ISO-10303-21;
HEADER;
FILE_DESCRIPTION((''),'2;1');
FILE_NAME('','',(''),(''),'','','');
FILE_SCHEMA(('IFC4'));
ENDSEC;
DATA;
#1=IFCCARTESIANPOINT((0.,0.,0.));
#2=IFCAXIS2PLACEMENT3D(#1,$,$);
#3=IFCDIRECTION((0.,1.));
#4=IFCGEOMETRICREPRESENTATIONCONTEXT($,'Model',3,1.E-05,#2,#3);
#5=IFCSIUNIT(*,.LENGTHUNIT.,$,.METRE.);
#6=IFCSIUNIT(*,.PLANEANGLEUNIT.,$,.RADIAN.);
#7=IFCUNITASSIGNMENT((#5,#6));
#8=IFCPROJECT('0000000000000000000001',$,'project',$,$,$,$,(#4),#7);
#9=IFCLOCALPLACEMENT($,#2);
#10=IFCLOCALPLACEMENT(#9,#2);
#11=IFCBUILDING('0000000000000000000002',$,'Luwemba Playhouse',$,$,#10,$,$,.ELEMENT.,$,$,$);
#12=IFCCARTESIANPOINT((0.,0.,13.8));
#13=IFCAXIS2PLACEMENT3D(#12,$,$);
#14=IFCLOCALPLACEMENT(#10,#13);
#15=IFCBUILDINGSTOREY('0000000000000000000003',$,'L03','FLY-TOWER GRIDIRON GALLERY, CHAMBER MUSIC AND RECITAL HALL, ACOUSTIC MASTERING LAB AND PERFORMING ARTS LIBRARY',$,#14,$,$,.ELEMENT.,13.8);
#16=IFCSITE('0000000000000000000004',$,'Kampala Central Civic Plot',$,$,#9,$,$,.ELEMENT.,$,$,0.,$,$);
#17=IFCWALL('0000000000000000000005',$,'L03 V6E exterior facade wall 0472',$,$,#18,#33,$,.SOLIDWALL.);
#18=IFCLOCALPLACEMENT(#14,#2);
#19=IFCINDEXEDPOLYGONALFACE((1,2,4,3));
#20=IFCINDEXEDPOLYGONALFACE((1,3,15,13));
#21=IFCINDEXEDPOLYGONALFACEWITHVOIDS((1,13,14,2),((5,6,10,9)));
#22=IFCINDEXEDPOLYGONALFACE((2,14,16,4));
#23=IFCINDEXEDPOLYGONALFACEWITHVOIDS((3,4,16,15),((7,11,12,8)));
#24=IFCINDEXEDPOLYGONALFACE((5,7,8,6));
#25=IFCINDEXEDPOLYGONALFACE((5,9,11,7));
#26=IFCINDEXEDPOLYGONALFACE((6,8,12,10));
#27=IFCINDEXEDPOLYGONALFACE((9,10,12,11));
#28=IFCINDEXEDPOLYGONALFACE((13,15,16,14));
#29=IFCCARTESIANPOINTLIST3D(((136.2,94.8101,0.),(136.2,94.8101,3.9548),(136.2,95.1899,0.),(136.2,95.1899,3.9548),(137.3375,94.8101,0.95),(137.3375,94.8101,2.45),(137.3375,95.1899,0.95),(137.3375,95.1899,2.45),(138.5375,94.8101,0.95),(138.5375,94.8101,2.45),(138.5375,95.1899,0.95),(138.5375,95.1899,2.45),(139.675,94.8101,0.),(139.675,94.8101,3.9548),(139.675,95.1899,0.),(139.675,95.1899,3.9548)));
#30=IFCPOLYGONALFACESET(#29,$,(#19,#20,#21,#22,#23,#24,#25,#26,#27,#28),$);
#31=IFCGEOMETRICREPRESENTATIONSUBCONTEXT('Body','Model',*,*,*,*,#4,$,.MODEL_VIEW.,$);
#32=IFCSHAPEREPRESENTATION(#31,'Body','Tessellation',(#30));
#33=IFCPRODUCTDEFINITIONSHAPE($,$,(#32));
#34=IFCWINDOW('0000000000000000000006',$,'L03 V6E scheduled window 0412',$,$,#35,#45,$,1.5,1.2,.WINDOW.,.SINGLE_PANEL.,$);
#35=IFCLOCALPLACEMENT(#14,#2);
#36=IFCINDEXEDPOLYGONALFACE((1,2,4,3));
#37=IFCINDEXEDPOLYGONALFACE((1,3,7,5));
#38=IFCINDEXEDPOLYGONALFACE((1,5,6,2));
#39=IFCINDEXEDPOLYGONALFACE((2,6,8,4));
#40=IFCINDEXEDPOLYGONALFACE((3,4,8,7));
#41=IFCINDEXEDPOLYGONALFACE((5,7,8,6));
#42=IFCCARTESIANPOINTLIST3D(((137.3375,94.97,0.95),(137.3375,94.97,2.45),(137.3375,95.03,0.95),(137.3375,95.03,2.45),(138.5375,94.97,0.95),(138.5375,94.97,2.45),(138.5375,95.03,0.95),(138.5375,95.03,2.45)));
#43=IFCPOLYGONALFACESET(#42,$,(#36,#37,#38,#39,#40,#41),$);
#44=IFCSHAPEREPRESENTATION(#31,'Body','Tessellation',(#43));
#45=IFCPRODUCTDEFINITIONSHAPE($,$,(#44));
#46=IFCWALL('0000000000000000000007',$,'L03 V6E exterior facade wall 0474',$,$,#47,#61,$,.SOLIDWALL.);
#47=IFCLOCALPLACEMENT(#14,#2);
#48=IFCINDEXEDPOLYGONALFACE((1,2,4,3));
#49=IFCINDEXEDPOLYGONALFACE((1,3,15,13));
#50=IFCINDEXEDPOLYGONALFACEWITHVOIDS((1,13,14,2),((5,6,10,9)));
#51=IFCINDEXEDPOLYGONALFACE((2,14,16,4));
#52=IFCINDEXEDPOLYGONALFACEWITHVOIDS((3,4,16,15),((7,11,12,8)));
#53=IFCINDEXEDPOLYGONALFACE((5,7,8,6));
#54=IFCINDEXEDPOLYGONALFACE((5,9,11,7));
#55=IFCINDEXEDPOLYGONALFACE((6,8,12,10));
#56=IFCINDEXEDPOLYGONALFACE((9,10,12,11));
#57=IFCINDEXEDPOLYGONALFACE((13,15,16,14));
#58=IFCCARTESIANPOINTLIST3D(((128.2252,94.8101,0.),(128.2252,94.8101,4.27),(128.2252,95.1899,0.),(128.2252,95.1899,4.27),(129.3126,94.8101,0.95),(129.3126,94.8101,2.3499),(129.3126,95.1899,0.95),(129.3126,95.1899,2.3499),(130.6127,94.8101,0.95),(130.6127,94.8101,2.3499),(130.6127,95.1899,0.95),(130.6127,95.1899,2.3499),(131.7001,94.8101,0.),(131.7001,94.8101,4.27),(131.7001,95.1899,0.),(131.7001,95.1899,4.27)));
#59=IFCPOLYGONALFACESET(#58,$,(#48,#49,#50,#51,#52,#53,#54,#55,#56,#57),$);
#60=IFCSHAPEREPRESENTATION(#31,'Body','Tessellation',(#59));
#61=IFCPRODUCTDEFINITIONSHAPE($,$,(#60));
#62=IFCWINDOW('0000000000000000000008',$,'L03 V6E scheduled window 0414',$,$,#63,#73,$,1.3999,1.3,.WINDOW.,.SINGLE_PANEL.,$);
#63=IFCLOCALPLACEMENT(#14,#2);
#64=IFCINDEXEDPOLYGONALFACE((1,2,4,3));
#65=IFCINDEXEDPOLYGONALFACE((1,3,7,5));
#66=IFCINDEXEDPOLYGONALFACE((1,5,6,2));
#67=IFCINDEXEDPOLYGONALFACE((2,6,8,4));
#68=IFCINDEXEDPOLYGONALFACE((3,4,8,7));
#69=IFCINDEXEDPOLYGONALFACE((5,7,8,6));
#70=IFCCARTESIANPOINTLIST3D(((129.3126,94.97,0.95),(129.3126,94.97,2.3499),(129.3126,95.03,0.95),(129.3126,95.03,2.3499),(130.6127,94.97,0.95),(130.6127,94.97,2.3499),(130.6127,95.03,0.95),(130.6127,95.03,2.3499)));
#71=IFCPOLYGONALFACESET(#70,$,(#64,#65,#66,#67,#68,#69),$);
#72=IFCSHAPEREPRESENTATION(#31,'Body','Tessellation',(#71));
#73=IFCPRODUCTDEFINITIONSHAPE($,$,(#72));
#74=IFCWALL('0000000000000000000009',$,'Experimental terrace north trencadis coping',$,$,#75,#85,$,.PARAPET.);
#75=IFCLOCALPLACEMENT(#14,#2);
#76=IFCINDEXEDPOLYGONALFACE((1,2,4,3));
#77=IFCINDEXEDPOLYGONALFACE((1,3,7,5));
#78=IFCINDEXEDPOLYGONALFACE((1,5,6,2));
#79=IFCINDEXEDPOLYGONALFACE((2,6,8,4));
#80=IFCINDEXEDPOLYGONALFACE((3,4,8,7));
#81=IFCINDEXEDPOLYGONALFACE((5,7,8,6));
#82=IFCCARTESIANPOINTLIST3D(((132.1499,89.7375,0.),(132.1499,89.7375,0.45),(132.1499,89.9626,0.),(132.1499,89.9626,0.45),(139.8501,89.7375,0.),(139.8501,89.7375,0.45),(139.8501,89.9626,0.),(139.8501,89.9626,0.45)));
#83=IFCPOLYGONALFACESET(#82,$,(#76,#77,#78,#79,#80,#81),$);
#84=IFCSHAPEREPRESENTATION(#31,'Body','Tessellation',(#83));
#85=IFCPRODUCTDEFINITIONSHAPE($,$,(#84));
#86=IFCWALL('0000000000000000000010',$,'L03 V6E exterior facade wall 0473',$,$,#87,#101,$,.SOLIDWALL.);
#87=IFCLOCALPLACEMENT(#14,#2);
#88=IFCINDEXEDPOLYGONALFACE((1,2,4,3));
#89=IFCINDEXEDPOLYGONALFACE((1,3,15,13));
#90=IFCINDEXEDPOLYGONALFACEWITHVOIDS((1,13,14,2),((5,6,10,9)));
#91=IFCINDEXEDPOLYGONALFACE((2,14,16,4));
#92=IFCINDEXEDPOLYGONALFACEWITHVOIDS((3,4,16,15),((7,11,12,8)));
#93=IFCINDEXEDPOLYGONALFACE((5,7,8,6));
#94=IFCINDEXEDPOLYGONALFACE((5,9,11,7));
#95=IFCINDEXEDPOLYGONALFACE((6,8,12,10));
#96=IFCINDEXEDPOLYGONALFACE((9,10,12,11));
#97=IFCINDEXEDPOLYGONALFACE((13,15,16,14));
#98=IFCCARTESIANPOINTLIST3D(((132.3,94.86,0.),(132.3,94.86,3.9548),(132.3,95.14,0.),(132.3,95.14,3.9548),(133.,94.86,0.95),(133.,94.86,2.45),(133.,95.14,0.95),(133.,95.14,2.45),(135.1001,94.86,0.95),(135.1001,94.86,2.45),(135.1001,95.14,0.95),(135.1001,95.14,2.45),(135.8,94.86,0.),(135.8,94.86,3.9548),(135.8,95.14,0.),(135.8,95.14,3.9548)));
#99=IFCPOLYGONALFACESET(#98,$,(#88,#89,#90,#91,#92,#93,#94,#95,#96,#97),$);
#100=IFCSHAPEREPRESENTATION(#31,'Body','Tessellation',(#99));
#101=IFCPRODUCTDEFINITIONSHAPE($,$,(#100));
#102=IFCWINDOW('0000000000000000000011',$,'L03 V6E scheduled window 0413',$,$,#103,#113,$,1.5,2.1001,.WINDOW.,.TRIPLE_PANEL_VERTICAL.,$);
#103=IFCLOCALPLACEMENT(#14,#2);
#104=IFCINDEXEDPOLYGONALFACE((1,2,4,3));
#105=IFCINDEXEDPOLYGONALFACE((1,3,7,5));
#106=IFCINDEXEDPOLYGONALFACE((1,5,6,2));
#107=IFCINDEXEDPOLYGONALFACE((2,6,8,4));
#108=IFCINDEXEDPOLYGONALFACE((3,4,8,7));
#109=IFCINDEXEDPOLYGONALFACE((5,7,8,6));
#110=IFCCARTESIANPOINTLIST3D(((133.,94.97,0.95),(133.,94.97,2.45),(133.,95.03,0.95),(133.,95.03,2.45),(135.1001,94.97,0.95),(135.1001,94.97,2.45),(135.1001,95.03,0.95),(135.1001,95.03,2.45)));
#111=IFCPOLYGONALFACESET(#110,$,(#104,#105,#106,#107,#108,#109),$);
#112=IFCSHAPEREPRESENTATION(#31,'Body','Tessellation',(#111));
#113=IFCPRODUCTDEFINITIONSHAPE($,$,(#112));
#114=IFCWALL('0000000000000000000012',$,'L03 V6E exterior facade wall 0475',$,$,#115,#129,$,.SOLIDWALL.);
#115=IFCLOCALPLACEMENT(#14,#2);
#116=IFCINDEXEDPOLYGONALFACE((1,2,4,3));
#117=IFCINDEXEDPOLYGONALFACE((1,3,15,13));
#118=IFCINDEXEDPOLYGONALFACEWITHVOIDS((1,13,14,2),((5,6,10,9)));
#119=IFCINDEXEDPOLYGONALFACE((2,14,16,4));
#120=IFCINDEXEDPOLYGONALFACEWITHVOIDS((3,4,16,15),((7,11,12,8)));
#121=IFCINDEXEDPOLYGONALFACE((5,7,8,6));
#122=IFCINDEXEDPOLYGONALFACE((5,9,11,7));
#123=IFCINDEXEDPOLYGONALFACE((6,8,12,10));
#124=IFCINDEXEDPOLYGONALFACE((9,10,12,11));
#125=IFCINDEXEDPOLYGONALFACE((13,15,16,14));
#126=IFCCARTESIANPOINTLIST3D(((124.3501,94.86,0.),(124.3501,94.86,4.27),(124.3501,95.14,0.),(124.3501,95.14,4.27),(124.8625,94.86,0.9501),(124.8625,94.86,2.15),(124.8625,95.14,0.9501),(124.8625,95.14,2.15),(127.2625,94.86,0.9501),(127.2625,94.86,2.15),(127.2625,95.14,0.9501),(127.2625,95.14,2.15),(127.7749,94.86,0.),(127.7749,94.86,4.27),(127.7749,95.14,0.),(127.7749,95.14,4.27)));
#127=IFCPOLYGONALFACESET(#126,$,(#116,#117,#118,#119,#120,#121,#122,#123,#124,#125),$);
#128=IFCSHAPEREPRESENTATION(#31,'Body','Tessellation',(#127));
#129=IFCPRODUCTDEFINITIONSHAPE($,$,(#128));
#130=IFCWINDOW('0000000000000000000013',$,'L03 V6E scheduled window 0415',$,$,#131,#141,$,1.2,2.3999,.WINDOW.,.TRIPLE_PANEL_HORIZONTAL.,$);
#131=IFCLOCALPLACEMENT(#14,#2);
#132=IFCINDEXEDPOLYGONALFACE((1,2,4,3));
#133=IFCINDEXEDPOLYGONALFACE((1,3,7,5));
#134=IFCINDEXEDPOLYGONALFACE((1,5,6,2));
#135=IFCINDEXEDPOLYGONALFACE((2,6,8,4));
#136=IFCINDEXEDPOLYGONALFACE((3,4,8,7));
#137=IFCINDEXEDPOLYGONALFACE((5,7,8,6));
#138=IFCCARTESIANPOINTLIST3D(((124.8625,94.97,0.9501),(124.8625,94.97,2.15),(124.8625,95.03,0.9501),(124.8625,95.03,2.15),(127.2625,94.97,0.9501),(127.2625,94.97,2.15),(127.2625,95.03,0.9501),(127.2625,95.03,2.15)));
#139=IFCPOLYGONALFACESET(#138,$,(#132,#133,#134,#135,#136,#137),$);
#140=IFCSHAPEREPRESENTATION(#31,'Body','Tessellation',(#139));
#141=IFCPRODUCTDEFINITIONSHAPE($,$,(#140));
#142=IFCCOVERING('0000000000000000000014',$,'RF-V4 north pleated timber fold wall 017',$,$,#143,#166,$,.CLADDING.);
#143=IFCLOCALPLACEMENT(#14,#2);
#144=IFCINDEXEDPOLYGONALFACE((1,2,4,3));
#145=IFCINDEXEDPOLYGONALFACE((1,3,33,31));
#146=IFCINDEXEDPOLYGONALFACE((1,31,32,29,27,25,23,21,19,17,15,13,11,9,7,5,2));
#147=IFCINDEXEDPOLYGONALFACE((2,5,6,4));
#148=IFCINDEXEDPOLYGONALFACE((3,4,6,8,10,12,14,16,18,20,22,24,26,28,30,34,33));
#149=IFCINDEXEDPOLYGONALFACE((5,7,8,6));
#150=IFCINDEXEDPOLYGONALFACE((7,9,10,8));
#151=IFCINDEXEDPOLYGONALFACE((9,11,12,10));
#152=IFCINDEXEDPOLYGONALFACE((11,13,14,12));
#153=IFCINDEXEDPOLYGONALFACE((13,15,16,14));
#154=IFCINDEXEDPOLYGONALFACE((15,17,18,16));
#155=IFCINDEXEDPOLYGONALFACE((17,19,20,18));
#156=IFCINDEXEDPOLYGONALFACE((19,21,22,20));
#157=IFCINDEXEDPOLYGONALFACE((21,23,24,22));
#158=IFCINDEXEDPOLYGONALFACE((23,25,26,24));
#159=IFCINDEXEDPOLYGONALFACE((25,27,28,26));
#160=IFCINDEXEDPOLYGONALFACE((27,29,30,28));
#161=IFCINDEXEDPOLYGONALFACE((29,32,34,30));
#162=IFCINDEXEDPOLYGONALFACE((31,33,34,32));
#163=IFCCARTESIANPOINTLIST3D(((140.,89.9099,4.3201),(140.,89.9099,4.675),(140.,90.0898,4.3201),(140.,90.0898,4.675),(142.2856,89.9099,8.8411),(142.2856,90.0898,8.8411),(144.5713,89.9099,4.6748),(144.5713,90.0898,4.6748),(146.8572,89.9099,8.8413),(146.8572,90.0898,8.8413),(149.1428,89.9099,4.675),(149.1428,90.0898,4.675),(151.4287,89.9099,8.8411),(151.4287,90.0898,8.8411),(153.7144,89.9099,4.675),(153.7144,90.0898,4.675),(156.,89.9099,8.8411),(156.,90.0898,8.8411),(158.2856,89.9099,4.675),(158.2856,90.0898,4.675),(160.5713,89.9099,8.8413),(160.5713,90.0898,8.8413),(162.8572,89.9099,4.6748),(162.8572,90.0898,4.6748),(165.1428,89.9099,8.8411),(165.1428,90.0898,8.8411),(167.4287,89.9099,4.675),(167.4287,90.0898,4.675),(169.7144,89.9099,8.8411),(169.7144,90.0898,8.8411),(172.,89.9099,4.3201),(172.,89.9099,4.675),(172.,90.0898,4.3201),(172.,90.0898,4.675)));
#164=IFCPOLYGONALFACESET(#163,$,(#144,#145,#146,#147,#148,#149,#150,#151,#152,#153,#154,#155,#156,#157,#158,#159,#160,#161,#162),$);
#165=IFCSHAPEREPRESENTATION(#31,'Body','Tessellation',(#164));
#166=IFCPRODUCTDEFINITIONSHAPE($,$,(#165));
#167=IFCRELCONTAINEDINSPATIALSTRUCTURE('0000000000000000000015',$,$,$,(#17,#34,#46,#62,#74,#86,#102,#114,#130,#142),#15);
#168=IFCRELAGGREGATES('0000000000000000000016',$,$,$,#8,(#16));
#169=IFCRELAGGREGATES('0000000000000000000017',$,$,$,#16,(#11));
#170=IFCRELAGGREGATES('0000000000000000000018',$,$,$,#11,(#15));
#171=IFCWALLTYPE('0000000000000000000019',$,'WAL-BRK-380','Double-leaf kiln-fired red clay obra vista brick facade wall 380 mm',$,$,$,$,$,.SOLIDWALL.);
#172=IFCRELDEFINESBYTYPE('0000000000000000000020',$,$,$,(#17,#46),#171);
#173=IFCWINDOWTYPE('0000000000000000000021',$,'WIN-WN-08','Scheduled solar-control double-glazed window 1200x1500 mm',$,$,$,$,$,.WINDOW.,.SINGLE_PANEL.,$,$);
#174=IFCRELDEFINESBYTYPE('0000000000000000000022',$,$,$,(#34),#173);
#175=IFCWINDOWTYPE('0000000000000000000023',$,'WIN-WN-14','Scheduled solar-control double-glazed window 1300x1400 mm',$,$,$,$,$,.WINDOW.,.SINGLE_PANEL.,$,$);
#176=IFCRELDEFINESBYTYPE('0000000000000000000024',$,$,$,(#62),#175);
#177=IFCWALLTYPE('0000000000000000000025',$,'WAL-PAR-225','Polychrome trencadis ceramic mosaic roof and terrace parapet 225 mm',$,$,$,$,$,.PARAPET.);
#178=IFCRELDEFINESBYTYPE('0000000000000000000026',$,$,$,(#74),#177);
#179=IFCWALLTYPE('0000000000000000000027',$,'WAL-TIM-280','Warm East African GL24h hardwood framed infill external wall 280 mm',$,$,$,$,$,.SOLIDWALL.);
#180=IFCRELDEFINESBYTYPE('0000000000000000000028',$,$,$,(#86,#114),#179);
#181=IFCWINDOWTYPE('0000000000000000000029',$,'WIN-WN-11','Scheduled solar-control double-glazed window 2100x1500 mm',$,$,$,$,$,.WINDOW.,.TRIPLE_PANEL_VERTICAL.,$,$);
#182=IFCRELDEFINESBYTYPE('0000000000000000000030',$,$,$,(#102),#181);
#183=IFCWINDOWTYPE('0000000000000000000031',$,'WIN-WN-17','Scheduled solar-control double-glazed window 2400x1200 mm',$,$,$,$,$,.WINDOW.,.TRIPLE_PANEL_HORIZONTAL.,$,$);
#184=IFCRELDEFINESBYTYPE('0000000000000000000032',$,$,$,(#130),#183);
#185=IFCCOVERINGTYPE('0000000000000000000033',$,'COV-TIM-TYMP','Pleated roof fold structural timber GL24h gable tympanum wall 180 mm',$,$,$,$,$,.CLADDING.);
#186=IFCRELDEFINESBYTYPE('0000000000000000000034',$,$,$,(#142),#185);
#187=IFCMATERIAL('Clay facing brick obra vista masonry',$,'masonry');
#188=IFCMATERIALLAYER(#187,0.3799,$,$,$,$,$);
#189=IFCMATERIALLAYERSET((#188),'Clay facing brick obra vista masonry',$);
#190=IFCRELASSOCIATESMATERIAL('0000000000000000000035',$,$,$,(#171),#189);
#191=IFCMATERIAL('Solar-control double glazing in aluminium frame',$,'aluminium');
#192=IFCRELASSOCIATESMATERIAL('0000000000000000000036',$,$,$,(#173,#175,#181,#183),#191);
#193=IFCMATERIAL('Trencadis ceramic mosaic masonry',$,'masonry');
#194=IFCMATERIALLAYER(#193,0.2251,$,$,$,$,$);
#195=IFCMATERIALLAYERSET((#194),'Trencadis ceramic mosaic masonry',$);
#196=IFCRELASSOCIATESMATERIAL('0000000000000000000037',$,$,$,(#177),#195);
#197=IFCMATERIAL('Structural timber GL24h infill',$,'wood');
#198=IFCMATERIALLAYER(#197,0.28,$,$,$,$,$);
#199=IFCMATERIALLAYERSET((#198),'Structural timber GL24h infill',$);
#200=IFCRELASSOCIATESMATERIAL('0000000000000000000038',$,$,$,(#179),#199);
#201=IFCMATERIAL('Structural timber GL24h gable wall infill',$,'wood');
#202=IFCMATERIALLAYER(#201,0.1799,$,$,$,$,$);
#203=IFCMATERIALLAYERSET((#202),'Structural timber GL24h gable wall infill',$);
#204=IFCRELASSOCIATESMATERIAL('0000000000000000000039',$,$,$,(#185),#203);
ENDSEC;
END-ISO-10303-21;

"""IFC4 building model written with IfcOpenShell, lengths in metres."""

from ifc_helpers import new_model, si_unit, direction, frame, frame_2d, origin, place, context, subcontext, project, spatial, polyline, rectangle, outline, extrude, material, layer, layer_set, type_object, element, fill, save


model = new_model("IFC4")

# Units and contexts
model_context = context("Model", 3, precision=1e-05, world=origin(), true_north=direction((0.0, 1.0)))
body_context = subcontext(model_context, "Body", "Model", "MODEL_VIEW")
ifc_project = project(units=[si_unit("LENGTHUNIT", "METRE"), si_unit("PLANEANGLEUNIT", "RADIAN")], contexts=[model_context])

# Site, building, storey
site_placement = place(None, origin())
site = spatial("IfcSite", under=ifc_project, at=site_placement, Name="Kampala Central Civic Plot", CompositionType="ELEMENT", RefElevation=0.0)
building_placement = place(site_placement, origin())
building = spatial("IfcBuilding", under=site, at=building_placement, Name="Luwemba Playhouse", CompositionType="ELEMENT")
storey_placement = place(building_placement, frame((0.0, 0.0, 13.8)))
storey = spatial("IfcBuildingStorey", under=building, at=storey_placement, Name="L03", Description="FLY-TOWER GRIDIRON GALLERY, CHAMBER MUSIC AND RECITAL HALL, ACOUSTIC MASTERING LAB AND PERFORMING ARTS LIBRARY", CompositionType="ELEMENT", Elevation=13.8)

# Shared definitions
ifc_material_1 = material(Name="Clay facing brick obra vista masonry", Category="masonry")
ifc_layer_1 = layer(ifc_material_1, 0.3799)
ifc_layer_set_1 = layer_set([ifc_layer_1], Name="Clay facing brick obra vista masonry")
wall_type_1 = type_object("IfcWallType", Name="WAL-BRK-380", Description="Double-leaf kiln-fired red clay obra vista brick facade wall 380 mm", PredefinedType="SOLIDWALL", material=ifc_layer_set_1)
ifc_material_2 = material(Name="Solar-control double glazing in aluminium frame", Category="aluminium")

# Walls, openings, windows
wall_1_placement = place(storey_placement, frame((139.675, 95.0, 0.0), z_axis=(0.0, 0.0, 1.0), x_axis=(-1.0, 0.0, 0.0)))
wall_1 = element("IfcWall", 1, at=wall_1_placement, inside=storey, type_object=wall_type_1, Name="L03 V6E exterior facade wall 0472", PredefinedType="SOLIDWALL", context=body_context, shape_type="SweptSolid", body=[
    extrude(rectangle(XDim=3.4751, YDim=0.3799, at=frame_2d((1.7375, 0.0))), origin(), (0.0, 0.0, 1.0), 3.9548),
])
opening_1_placement = place(wall_1_placement, frame((1.1375, 0.0, 0.95)))
opening_1 = element("IfcOpeningElement", 2, at=opening_1_placement, cuts=wall_1, PredefinedType="OPENING", context=body_context, shape_type="SweptSolid", body=[
    extrude(rectangle(XDim=1.2, YDim=1.5, at=frame_2d((0.6001, 0.75))), frame((0.0, 0.2, 0.0), z_axis=(0.0, -1.0, 0.0), x_axis=(1.0, 0.0, 0.0)), (0.0, 0.0, 1.0), 0.3999),
])
window_type_1 = type_object("IfcWindowType", Name="WIN-WN-08", Description="Scheduled solar-control double-glazed window 1200x1500 mm", PartitioningType="SINGLE_PANEL", PredefinedType="WINDOW", material=ifc_material_2)
window_1_placement = place(opening_1_placement, origin())
window_1 = element("IfcWindow", 3, at=window_1_placement, inside=storey, type_object=window_type_1, Name="L03 V6E scheduled window 0412", OverallHeight=1.5, OverallWidth=1.2, PartitioningType="SINGLE_PANEL", PredefinedType="WINDOW", context=body_context, shape_type="SweptSolid", body=[
    extrude(rectangle(XDim=1.2, YDim=1.5, at=frame_2d((0.6001, 0.75))), frame((0.0, 0.03, 0.0), z_axis=(0.0, -1.0, 0.0), x_axis=(1.0, 0.0, 0.0)), (0.0, 0.0, 1.0), 0.0601),
])
fill(opening_1, window_1)
wall_2_placement = place(storey_placement, frame((131.7, 95.0, 0.0), z_axis=(0.0, 0.0, 1.0), x_axis=(-1.0, 0.0, 0.0)))
wall_2 = element("IfcWall", 4, at=wall_2_placement, inside=storey, type_object=wall_type_1, Name="L03 V6E exterior facade wall 0474", PredefinedType="SOLIDWALL", context=body_context, shape_type="SweptSolid", body=[
    extrude(rectangle(XDim=3.4749, YDim=0.3799, at=frame_2d((1.7373, 0.0))), origin(), (0.0, 0.0, 1.0), 4.27),
])
opening_2_placement = place(wall_2_placement, frame((1.0874, 0.0, 0.95)))
opening_2 = element("IfcOpeningElement", 5, at=opening_2_placement, cuts=wall_2, PredefinedType="OPENING", context=body_context, shape_type="SweptSolid", body=[
    extrude(rectangle(XDim=1.3, YDim=1.3999, at=frame_2d((0.6499, 0.7))), frame((0.0, 0.2, 0.0), z_axis=(0.0, -1.0, 0.0), x_axis=(1.0, 0.0, 0.0)), (0.0, 0.0, 1.0), 0.3999),
])
window_type_2 = type_object("IfcWindowType", Name="WIN-WN-14", Description="Scheduled solar-control double-glazed window 1300x1400 mm", PartitioningType="SINGLE_PANEL", PredefinedType="WINDOW", material=ifc_material_2)
window_2_placement = place(opening_2_placement, origin())
window_2 = element("IfcWindow", 6, at=window_2_placement, inside=storey, type_object=window_type_2, Name="L03 V6E scheduled window 0414", OverallHeight=1.3999, OverallWidth=1.3, PartitioningType="SINGLE_PANEL", PredefinedType="WINDOW", context=body_context, shape_type="SweptSolid", body=[
    extrude(rectangle(XDim=1.3, YDim=1.3999, at=frame_2d((0.6499, 0.7))), frame((0.0, 0.03, 0.0), z_axis=(0.0, -1.0, 0.0), x_axis=(1.0, 0.0, 0.0)), (0.0, 0.0, 1.0), 0.0601),
])
fill(opening_2, window_2)

# Wall
ifc_material_3 = material(Name="Trencadis ceramic mosaic masonry", Category="masonry")
ifc_layer_2 = layer(ifc_material_3, 0.2251)
ifc_layer_set_2 = layer_set([ifc_layer_2], Name="Trencadis ceramic mosaic masonry")
wall_type_2 = type_object("IfcWallType", Name="WAL-PAR-225", Description="Polychrome trencadis ceramic mosaic roof and terrace parapet 225 mm", PredefinedType="PARAPET", material=ifc_layer_set_2)
wall_3_placement = place(storey_placement, frame((132.1499, 89.8501, 0.0), z_axis=(0.0, 0.0, 1.0), x_axis=(1.0, 0.0, 0.0)))
element("IfcWall", 7, at=wall_3_placement, inside=storey, type_object=wall_type_2, Name="Experimental terrace north trencadis coping", PredefinedType="PARAPET", context=body_context, shape_type="SweptSolid", body=[
    extrude(rectangle(XDim=7.7002, YDim=0.2251, at=frame_2d((3.8501, 0.0))), origin(), (0.0, 0.0, 1.0), 0.45),
])

# Walls, openings, windows
ifc_material_4 = material(Name="Structural timber GL24h infill", Category="wood")
ifc_layer_3 = layer(ifc_material_4, 0.28)
ifc_layer_set_3 = layer_set([ifc_layer_3], Name="Structural timber GL24h infill")
wall_type_3 = type_object("IfcWallType", Name="WAL-TIM-280", Description="Warm East African GL24h hardwood framed infill external wall 280 mm", PredefinedType="SOLIDWALL", material=ifc_layer_set_3)
wall_4_placement = place(storey_placement, frame((135.8, 95.0, 0.0), z_axis=(0.0, 0.0, 1.0), x_axis=(-1.0, 0.0, 0.0)))
wall_4 = element("IfcWall", 8, at=wall_4_placement, inside=storey, type_object=wall_type_3, Name="L03 V6E exterior facade wall 0473", PredefinedType="SOLIDWALL", context=body_context, shape_type="SweptSolid", body=[
    extrude(rectangle(XDim=3.5, YDim=0.28, at=frame_2d((1.75, 0.0))), origin(), (0.0, 0.0, 1.0), 3.9548),
])
opening_3_placement = place(wall_4_placement, frame((0.7, 0.0, 0.95)))
opening_3 = element("IfcOpeningElement", 9, at=opening_3_placement, cuts=wall_4, PredefinedType="OPENING", context=body_context, shape_type="SweptSolid", body=[
    extrude(rectangle(XDim=2.1001, YDim=1.5, at=frame_2d((1.05, 0.75))), frame((0.0, 0.1499, 0.0), z_axis=(0.0, -1.0, 0.0), x_axis=(1.0, 0.0, 0.0)), (0.0, 0.0, 1.0), 0.3),
])
window_type_3 = type_object("IfcWindowType", Name="WIN-WN-11", Description="Scheduled solar-control double-glazed window 2100x1500 mm", PartitioningType="TRIPLE_PANEL_VERTICAL", PredefinedType="WINDOW", material=ifc_material_2)
window_3_placement = place(opening_3_placement, origin())
window_3 = element("IfcWindow", 10, at=window_3_placement, inside=storey, type_object=window_type_3, Name="L03 V6E scheduled window 0413", OverallHeight=1.5, OverallWidth=2.1001, PartitioningType="TRIPLE_PANEL_VERTICAL", PredefinedType="WINDOW", context=body_context, shape_type="SweptSolid", body=[
    extrude(rectangle(XDim=2.1001, YDim=1.5, at=frame_2d((1.05, 0.75))), frame((0.0, 0.03, 0.0), z_axis=(0.0, -1.0, 0.0), x_axis=(1.0, 0.0, 0.0)), (0.0, 0.0, 1.0), 0.0601),
])
fill(opening_3, window_3)
wall_5_placement = place(storey_placement, frame((127.7749, 95.0, 0.0), z_axis=(0.0, 0.0, 1.0), x_axis=(-1.0, 0.0, 0.0)))
wall_5 = element("IfcWall", 11, at=wall_5_placement, inside=storey, type_object=wall_type_3, Name="L03 V6E exterior facade wall 0475", PredefinedType="SOLIDWALL", context=body_context, shape_type="SweptSolid", body=[
    extrude(rectangle(XDim=3.4248, YDim=0.28, at=frame_2d((1.7124, 0.0))), origin(), (0.0, 0.0, 1.0), 4.27),
])
opening_4_placement = place(wall_5_placement, frame((0.5125, 0.0, 0.95)))
opening_4 = element("IfcOpeningElement", 12, at=opening_4_placement, cuts=wall_5, PredefinedType="OPENING", context=body_context, shape_type="SweptSolid", body=[
    extrude(rectangle(XDim=2.3999, YDim=1.2, at=frame_2d((1.2, 0.6001))), frame((0.0, 0.1499, 0.0), z_axis=(0.0, -1.0, 0.0), x_axis=(1.0, 0.0, 0.0)), (0.0, 0.0, 1.0), 0.3),
])
window_type_4 = type_object("IfcWindowType", Name="WIN-WN-17", Description="Scheduled solar-control double-glazed window 2400x1200 mm", PartitioningType="TRIPLE_PANEL_HORIZONTAL", PredefinedType="WINDOW", material=ifc_material_2)
window_4_placement = place(opening_4_placement, origin())
window_4 = element("IfcWindow", 13, at=window_4_placement, inside=storey, type_object=window_type_4, Name="L03 V6E scheduled window 0415", OverallHeight=1.2, OverallWidth=2.3999, PartitioningType="TRIPLE_PANEL_HORIZONTAL", PredefinedType="WINDOW", context=body_context, shape_type="SweptSolid", body=[
    extrude(rectangle(XDim=2.3999, YDim=1.2, at=frame_2d((1.2, 0.6001))), frame((0.0, 0.03, 0.0), z_axis=(0.0, -1.0, 0.0), x_axis=(1.0, 0.0, 0.0)), (0.0, 0.0, 1.0), 0.0601),
])
fill(opening_4, window_4)

# Covering
ifc_material_5 = material(Name="Structural timber GL24h gable wall infill", Category="wood")
ifc_layer_4 = layer(ifc_material_5, 0.1799)
ifc_layer_set_4 = layer_set([ifc_layer_4], Name="Structural timber GL24h gable wall infill")
covering_type = type_object("IfcCoveringType", Name="COV-TIM-TYMP", Description="Pleated roof fold structural timber GL24h gable tympanum wall 180 mm", PredefinedType="CLADDING", material=ifc_layer_set_4)
covering_placement = place(storey_placement, frame((140.0, 90.0, 4.3201), z_axis=(0.0, 0.0, 1.0), x_axis=(1.0, 0.0, 0.0)))
element("IfcCovering", 14, at=covering_placement, inside=storey, type_object=covering_type, Name="RF-V4 north pleated timber fold wall 017", PredefinedType="CLADDING", context=body_context, shape_type="SweptSolid", body=[
    extrude(outline(polyline([(0.0, 0.0), (32.0, 0.0), (32.0, 0.355), (29.7144, 4.521), (27.4287, 0.355), (25.1428, 4.521), (22.8572, 0.3547), (20.5713, 4.5212), (18.2856, 0.355), (16.0, 4.521), (13.7144, 0.355), (11.4287, 4.521), (9.1428, 0.355), (6.8572, 4.5212), (4.5713, 0.3547), (2.2856, 4.521), (0.0, 0.355), (0.0, 0.0)])), frame((0.0, 0.0898, 0.0), z_axis=(0.0, -1.0, 0.0), x_axis=(1.0, 0.0, 0.0)), (0.0, 0.0, 1.0), 0.1799),
])

save(model, "model.ifc")
